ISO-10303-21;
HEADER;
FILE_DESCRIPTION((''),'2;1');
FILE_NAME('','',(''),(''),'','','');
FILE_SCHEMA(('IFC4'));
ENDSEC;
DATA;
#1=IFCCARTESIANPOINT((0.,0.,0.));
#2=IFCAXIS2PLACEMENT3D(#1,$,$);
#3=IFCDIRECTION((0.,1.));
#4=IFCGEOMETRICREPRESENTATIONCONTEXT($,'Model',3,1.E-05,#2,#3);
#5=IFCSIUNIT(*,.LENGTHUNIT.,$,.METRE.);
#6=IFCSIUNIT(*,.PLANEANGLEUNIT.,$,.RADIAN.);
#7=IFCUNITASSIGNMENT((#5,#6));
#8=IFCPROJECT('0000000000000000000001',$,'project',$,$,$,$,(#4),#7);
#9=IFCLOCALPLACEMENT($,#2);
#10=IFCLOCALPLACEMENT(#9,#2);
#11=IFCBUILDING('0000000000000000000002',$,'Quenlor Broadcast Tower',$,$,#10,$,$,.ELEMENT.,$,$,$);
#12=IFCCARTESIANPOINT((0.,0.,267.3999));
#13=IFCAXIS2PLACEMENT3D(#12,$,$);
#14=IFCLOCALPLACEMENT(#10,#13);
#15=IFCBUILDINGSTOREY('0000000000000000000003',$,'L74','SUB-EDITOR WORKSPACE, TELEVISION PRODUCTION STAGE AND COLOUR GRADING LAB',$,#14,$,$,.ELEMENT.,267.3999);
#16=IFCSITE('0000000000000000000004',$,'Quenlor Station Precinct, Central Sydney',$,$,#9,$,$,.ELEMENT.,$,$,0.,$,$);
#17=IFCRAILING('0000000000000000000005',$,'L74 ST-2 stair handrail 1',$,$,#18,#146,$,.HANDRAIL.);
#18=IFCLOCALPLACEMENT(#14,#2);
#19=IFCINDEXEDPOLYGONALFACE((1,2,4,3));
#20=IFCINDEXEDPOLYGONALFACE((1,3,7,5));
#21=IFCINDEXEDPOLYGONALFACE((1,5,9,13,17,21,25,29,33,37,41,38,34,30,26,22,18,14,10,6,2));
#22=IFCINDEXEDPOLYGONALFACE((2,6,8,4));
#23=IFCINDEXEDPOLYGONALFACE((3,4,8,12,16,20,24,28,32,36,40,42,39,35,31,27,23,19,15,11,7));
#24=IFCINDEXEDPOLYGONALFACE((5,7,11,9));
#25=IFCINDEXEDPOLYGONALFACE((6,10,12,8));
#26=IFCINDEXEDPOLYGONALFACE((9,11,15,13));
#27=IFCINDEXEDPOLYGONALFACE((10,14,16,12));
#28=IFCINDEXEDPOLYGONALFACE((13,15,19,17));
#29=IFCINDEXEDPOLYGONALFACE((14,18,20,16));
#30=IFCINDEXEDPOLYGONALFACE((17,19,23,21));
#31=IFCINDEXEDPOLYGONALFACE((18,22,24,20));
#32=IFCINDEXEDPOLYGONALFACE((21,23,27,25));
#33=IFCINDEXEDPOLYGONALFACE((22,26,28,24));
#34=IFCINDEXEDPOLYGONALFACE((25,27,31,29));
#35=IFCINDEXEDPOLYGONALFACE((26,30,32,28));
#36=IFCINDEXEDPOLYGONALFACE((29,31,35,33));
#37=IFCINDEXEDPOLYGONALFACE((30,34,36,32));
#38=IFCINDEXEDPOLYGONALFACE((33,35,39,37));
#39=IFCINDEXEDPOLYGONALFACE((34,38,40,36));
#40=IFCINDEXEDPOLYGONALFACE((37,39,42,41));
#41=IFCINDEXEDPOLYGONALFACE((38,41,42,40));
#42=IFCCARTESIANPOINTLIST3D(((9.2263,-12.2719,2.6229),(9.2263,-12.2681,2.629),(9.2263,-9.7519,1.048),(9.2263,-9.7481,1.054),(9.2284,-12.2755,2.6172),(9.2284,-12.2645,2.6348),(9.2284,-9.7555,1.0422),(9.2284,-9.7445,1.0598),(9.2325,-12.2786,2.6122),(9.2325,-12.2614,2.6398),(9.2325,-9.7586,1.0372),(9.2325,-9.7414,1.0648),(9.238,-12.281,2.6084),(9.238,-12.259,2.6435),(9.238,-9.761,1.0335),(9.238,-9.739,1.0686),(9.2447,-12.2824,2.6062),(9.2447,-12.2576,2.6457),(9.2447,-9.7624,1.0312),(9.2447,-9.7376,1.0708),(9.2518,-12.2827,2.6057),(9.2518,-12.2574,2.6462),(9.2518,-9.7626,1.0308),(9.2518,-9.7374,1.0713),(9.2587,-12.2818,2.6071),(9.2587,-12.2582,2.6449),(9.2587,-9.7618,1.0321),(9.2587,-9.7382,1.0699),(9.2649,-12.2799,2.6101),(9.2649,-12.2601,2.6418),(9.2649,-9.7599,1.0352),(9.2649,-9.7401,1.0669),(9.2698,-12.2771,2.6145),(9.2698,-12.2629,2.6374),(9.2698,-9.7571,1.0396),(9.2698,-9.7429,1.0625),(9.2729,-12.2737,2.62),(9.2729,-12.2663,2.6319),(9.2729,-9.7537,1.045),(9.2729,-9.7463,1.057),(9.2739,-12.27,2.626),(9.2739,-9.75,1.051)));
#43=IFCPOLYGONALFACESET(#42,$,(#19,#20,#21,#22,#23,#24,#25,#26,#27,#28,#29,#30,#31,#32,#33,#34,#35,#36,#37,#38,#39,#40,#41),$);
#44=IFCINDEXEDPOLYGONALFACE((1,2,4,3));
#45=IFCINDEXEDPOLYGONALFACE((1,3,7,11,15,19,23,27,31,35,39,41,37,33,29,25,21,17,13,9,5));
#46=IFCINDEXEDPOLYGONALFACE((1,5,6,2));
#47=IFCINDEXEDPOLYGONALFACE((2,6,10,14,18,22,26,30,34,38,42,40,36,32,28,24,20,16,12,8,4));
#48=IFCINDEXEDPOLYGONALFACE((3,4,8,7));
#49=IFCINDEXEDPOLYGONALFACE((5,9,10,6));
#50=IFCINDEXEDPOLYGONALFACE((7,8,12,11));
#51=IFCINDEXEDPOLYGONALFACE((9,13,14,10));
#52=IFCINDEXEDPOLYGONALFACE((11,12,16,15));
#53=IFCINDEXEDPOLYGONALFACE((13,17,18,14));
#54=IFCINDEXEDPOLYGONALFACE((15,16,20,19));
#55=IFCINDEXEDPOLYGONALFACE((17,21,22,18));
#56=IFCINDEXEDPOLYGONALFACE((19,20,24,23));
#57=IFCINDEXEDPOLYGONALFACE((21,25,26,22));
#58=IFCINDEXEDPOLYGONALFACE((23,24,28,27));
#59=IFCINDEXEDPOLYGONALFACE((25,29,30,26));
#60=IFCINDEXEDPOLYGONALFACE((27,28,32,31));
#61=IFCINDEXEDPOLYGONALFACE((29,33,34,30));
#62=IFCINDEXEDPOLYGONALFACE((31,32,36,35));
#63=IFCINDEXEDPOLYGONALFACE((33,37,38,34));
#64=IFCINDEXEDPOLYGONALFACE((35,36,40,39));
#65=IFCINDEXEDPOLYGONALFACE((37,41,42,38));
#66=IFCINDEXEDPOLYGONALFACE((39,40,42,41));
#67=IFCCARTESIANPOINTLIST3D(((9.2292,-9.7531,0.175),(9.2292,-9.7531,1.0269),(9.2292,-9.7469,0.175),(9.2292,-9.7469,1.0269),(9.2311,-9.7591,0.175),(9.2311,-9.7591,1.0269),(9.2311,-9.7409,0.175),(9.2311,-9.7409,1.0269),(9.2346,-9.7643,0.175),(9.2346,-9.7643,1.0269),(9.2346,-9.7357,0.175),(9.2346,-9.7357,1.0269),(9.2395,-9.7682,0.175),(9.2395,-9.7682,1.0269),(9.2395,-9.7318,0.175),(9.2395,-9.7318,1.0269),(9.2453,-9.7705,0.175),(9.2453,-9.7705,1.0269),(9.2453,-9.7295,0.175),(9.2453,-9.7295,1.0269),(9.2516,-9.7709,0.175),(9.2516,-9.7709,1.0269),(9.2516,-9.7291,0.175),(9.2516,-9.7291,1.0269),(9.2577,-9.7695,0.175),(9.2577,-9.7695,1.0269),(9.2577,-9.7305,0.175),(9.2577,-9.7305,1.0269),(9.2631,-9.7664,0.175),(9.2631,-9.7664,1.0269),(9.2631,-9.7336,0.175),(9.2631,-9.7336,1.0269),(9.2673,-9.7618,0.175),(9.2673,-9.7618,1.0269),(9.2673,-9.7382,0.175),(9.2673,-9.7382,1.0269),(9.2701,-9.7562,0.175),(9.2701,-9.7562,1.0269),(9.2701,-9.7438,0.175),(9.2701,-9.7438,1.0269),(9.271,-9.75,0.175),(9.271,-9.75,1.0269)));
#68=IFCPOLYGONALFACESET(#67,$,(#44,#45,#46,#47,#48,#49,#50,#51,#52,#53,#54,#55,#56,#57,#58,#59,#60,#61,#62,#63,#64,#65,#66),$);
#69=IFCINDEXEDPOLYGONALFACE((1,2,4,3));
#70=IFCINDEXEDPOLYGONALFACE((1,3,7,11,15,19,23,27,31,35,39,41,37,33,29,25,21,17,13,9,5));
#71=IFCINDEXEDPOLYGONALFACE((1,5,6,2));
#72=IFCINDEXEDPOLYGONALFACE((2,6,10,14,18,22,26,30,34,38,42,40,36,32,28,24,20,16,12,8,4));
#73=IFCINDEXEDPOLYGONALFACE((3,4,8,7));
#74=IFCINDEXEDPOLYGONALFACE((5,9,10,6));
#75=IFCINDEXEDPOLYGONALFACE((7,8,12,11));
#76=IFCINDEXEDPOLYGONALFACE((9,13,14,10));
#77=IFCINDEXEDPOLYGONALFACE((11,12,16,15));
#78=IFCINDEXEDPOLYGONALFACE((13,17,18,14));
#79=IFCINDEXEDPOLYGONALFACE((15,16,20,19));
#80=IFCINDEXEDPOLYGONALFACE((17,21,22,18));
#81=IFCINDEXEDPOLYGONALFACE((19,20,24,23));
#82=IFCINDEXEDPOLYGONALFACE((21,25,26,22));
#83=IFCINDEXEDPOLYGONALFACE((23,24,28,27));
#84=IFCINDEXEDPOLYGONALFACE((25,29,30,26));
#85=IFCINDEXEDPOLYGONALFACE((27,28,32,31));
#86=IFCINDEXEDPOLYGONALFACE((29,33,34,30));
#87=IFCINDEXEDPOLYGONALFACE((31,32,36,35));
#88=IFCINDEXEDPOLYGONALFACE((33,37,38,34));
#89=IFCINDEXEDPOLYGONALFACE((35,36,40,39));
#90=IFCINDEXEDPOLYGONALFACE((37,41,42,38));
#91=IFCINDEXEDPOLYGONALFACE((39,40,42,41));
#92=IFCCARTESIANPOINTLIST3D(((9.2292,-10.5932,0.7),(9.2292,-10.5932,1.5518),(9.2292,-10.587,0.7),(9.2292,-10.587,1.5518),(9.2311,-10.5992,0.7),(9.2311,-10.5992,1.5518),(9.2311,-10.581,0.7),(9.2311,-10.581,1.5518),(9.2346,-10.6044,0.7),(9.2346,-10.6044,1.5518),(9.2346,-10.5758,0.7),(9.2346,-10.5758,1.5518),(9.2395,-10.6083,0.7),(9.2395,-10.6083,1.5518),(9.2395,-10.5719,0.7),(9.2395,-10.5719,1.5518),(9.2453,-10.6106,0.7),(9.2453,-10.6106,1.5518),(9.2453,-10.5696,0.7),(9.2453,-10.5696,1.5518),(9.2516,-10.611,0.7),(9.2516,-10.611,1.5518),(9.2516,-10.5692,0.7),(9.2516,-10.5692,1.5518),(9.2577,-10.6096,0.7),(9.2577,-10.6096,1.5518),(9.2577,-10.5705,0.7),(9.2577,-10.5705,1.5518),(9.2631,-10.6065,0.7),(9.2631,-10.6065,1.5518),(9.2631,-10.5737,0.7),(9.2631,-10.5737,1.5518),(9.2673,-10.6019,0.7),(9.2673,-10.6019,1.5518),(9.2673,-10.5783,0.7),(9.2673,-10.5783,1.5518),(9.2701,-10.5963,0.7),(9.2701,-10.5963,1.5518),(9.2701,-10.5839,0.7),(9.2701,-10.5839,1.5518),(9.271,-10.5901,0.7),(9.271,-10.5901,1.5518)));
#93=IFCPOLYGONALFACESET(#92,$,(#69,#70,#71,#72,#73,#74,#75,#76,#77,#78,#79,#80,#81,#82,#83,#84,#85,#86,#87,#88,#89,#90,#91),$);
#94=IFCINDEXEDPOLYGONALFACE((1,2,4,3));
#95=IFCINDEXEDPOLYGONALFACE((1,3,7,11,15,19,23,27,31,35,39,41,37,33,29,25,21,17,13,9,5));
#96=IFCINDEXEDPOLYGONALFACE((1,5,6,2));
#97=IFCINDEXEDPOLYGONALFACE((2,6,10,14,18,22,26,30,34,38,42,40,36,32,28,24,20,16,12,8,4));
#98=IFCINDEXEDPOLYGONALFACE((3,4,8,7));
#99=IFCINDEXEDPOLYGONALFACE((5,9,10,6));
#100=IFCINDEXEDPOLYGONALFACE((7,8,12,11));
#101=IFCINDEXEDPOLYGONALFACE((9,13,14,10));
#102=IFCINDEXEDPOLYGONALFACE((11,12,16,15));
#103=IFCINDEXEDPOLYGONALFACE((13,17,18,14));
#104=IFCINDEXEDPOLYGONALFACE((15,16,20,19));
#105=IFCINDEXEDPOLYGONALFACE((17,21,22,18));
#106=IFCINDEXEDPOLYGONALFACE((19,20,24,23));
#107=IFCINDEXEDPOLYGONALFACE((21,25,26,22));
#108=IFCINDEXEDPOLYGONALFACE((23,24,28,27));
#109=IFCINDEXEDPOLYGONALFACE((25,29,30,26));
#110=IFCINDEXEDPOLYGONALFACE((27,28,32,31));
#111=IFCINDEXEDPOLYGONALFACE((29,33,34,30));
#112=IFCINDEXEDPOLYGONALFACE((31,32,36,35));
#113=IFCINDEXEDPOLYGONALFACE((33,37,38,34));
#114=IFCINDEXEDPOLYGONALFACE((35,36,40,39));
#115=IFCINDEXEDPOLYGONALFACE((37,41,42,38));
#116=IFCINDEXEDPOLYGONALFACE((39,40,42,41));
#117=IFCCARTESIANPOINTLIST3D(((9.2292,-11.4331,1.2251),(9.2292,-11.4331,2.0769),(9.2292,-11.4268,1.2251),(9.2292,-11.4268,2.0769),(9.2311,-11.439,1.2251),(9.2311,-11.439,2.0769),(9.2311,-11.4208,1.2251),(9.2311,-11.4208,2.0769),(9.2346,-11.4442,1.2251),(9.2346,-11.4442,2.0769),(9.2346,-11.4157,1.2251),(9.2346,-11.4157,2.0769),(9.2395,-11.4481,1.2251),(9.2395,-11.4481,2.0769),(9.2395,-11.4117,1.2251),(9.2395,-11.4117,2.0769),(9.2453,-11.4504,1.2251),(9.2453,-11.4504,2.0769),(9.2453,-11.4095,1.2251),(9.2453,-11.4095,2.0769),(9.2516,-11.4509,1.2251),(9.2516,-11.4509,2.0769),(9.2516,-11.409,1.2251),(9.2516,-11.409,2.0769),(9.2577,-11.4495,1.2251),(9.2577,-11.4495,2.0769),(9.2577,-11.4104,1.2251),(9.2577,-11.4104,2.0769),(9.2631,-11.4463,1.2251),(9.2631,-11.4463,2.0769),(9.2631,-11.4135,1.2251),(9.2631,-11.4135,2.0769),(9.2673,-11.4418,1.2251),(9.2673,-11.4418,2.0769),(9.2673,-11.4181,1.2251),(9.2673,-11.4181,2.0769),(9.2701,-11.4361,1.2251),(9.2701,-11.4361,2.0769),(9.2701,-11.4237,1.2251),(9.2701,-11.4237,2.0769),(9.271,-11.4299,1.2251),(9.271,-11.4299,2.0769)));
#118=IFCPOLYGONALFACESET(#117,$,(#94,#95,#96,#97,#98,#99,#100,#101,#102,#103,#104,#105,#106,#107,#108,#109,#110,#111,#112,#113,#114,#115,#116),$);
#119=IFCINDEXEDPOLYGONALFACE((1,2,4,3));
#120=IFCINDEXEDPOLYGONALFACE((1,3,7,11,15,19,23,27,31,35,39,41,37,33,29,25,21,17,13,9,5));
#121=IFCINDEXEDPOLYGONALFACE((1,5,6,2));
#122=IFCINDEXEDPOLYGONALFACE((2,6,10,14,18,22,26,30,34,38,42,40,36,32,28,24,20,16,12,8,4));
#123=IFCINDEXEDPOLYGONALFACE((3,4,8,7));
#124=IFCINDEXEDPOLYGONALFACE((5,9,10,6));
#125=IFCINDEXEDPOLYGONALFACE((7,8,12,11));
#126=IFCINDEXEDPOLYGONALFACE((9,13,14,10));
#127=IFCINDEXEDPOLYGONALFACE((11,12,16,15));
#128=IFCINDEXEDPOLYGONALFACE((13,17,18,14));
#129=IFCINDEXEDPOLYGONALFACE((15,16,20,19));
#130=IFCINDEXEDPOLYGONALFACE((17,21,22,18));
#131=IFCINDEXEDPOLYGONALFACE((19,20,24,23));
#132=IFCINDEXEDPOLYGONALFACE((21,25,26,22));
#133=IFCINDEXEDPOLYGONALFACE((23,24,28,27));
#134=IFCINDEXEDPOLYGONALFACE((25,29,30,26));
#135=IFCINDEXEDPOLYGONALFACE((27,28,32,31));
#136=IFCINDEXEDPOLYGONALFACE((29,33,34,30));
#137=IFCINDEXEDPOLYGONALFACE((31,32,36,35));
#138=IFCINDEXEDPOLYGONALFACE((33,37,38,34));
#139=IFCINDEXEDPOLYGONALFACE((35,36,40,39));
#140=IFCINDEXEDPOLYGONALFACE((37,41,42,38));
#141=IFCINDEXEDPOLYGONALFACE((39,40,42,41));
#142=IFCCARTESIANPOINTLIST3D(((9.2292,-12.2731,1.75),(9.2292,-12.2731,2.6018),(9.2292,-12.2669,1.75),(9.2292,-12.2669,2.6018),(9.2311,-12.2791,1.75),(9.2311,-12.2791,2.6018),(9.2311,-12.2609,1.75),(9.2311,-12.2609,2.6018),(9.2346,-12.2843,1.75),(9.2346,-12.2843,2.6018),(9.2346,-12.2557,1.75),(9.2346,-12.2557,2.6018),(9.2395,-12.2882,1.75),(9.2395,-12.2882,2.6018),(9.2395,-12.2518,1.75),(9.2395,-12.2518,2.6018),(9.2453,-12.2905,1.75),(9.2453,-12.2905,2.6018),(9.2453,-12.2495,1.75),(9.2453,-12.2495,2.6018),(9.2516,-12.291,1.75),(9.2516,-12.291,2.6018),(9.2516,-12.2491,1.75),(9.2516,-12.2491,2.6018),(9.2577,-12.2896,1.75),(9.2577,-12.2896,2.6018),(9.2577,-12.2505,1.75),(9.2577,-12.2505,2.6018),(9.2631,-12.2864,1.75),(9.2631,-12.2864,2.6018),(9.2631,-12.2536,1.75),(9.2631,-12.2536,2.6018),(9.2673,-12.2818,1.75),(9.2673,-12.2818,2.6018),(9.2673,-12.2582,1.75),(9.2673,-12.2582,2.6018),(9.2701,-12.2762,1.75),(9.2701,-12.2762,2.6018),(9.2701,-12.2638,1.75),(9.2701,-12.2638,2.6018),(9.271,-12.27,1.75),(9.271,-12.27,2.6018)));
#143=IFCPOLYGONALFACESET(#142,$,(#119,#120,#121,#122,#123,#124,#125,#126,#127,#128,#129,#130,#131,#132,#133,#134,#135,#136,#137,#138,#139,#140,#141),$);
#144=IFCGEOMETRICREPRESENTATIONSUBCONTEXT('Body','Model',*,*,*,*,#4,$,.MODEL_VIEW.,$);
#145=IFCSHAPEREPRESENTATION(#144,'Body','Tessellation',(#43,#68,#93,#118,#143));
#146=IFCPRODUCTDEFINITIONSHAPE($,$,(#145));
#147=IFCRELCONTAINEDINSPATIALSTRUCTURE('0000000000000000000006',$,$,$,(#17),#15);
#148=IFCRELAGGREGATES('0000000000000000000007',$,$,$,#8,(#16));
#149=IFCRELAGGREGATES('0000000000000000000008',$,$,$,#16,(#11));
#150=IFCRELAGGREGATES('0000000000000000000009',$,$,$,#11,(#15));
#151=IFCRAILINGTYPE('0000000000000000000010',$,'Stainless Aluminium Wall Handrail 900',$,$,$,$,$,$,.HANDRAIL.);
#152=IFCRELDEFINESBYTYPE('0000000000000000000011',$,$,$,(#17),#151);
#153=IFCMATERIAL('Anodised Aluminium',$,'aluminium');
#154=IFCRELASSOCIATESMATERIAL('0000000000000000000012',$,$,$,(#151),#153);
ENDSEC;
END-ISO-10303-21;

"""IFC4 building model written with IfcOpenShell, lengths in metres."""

from ifc_helpers import new_model, si_unit, direction, frame, origin, origin_2d, place, context, subcontext, project, spatial, circle, extrude, material, type_object, element, save


model = new_model("IFC4")

# Units and contexts
model_context = context("Model", 3, precision=1e-05, world=origin(), true_north=direction((0.0, 1.0)))
body_context = subcontext(model_context, "Body", "Model", "MODEL_VIEW")
ifc_project = project(units=[si_unit("LENGTHUNIT", "METRE"), si_unit("PLANEANGLEUNIT", "RADIAN")], contexts=[model_context])

# Site, building, storey
site_placement = place(None, origin())
site = spatial("IfcSite", under=ifc_project, at=site_placement, Name="Quenlor Station Precinct, Central Sydney", CompositionType="ELEMENT", RefElevation=0.0)
building_placement = place(site_placement, origin())
building = spatial("IfcBuilding", under=site, at=building_placement, Name="Quenlor Broadcast Tower", CompositionType="ELEMENT")
storey_placement = place(building_placement, frame((0.0, 0.0, 267.3999)))
storey = spatial("IfcBuildingStorey", under=building, at=storey_placement, Name="L74", Description="SUB-EDITOR WORKSPACE, TELEVISION PRODUCTION STAGE AND COLOUR GRADING LAB", CompositionType="ELEMENT", Elevation=267.3999)

# Railing
ifc_material_1 = material(Name="Anodised Aluminium", Category="aluminium")
railing_type_1 = type_object("IfcRailingType", Name="Stainless Aluminium Wall Handrail 900", PredefinedType="HANDRAIL", material=ifc_material_1)
railing_1_placement = place(storey_placement, frame((9.25, -9.75, 0.175)))
element("IfcRailing", 1, at=railing_1_placement, inside=storey, type_object=railing_type_1, Name="L74 ST-2 stair handrail 1", PredefinedType="HANDRAIL", context=body_context, shape_type="SweptSolid", body=[
    extrude(circle(Radius=0.0239, at=origin_2d()), frame((0.0, 0.0, 0.876), z_axis=(0.0, -0.848008, 0.529984), x_axis=(1.0, 0.0, 0.0)), (0.0, 0.0, 1.0), 2.9717),
    extrude(circle(Radius=0.021, at=origin_2d()), origin(), (0.0, 0.0, 1.0), 0.8518),
    extrude(circle(Radius=0.021, at=origin_2d()), frame((0.0, -0.8401, 0.5249)), (0.0, 0.0, 1.0), 0.8518),
    extrude(circle(Radius=0.021, at=origin_2d()), frame((0.0, -1.6799, 1.05)), (0.0, 0.0, 1.0), 0.8518),
    extrude(circle(Radius=0.021, at=origin_2d()), frame((0.0, -2.52, 1.575)), (0.0, 0.0, 1.0), 0.8518),
])

save(model, "model.ifc")
